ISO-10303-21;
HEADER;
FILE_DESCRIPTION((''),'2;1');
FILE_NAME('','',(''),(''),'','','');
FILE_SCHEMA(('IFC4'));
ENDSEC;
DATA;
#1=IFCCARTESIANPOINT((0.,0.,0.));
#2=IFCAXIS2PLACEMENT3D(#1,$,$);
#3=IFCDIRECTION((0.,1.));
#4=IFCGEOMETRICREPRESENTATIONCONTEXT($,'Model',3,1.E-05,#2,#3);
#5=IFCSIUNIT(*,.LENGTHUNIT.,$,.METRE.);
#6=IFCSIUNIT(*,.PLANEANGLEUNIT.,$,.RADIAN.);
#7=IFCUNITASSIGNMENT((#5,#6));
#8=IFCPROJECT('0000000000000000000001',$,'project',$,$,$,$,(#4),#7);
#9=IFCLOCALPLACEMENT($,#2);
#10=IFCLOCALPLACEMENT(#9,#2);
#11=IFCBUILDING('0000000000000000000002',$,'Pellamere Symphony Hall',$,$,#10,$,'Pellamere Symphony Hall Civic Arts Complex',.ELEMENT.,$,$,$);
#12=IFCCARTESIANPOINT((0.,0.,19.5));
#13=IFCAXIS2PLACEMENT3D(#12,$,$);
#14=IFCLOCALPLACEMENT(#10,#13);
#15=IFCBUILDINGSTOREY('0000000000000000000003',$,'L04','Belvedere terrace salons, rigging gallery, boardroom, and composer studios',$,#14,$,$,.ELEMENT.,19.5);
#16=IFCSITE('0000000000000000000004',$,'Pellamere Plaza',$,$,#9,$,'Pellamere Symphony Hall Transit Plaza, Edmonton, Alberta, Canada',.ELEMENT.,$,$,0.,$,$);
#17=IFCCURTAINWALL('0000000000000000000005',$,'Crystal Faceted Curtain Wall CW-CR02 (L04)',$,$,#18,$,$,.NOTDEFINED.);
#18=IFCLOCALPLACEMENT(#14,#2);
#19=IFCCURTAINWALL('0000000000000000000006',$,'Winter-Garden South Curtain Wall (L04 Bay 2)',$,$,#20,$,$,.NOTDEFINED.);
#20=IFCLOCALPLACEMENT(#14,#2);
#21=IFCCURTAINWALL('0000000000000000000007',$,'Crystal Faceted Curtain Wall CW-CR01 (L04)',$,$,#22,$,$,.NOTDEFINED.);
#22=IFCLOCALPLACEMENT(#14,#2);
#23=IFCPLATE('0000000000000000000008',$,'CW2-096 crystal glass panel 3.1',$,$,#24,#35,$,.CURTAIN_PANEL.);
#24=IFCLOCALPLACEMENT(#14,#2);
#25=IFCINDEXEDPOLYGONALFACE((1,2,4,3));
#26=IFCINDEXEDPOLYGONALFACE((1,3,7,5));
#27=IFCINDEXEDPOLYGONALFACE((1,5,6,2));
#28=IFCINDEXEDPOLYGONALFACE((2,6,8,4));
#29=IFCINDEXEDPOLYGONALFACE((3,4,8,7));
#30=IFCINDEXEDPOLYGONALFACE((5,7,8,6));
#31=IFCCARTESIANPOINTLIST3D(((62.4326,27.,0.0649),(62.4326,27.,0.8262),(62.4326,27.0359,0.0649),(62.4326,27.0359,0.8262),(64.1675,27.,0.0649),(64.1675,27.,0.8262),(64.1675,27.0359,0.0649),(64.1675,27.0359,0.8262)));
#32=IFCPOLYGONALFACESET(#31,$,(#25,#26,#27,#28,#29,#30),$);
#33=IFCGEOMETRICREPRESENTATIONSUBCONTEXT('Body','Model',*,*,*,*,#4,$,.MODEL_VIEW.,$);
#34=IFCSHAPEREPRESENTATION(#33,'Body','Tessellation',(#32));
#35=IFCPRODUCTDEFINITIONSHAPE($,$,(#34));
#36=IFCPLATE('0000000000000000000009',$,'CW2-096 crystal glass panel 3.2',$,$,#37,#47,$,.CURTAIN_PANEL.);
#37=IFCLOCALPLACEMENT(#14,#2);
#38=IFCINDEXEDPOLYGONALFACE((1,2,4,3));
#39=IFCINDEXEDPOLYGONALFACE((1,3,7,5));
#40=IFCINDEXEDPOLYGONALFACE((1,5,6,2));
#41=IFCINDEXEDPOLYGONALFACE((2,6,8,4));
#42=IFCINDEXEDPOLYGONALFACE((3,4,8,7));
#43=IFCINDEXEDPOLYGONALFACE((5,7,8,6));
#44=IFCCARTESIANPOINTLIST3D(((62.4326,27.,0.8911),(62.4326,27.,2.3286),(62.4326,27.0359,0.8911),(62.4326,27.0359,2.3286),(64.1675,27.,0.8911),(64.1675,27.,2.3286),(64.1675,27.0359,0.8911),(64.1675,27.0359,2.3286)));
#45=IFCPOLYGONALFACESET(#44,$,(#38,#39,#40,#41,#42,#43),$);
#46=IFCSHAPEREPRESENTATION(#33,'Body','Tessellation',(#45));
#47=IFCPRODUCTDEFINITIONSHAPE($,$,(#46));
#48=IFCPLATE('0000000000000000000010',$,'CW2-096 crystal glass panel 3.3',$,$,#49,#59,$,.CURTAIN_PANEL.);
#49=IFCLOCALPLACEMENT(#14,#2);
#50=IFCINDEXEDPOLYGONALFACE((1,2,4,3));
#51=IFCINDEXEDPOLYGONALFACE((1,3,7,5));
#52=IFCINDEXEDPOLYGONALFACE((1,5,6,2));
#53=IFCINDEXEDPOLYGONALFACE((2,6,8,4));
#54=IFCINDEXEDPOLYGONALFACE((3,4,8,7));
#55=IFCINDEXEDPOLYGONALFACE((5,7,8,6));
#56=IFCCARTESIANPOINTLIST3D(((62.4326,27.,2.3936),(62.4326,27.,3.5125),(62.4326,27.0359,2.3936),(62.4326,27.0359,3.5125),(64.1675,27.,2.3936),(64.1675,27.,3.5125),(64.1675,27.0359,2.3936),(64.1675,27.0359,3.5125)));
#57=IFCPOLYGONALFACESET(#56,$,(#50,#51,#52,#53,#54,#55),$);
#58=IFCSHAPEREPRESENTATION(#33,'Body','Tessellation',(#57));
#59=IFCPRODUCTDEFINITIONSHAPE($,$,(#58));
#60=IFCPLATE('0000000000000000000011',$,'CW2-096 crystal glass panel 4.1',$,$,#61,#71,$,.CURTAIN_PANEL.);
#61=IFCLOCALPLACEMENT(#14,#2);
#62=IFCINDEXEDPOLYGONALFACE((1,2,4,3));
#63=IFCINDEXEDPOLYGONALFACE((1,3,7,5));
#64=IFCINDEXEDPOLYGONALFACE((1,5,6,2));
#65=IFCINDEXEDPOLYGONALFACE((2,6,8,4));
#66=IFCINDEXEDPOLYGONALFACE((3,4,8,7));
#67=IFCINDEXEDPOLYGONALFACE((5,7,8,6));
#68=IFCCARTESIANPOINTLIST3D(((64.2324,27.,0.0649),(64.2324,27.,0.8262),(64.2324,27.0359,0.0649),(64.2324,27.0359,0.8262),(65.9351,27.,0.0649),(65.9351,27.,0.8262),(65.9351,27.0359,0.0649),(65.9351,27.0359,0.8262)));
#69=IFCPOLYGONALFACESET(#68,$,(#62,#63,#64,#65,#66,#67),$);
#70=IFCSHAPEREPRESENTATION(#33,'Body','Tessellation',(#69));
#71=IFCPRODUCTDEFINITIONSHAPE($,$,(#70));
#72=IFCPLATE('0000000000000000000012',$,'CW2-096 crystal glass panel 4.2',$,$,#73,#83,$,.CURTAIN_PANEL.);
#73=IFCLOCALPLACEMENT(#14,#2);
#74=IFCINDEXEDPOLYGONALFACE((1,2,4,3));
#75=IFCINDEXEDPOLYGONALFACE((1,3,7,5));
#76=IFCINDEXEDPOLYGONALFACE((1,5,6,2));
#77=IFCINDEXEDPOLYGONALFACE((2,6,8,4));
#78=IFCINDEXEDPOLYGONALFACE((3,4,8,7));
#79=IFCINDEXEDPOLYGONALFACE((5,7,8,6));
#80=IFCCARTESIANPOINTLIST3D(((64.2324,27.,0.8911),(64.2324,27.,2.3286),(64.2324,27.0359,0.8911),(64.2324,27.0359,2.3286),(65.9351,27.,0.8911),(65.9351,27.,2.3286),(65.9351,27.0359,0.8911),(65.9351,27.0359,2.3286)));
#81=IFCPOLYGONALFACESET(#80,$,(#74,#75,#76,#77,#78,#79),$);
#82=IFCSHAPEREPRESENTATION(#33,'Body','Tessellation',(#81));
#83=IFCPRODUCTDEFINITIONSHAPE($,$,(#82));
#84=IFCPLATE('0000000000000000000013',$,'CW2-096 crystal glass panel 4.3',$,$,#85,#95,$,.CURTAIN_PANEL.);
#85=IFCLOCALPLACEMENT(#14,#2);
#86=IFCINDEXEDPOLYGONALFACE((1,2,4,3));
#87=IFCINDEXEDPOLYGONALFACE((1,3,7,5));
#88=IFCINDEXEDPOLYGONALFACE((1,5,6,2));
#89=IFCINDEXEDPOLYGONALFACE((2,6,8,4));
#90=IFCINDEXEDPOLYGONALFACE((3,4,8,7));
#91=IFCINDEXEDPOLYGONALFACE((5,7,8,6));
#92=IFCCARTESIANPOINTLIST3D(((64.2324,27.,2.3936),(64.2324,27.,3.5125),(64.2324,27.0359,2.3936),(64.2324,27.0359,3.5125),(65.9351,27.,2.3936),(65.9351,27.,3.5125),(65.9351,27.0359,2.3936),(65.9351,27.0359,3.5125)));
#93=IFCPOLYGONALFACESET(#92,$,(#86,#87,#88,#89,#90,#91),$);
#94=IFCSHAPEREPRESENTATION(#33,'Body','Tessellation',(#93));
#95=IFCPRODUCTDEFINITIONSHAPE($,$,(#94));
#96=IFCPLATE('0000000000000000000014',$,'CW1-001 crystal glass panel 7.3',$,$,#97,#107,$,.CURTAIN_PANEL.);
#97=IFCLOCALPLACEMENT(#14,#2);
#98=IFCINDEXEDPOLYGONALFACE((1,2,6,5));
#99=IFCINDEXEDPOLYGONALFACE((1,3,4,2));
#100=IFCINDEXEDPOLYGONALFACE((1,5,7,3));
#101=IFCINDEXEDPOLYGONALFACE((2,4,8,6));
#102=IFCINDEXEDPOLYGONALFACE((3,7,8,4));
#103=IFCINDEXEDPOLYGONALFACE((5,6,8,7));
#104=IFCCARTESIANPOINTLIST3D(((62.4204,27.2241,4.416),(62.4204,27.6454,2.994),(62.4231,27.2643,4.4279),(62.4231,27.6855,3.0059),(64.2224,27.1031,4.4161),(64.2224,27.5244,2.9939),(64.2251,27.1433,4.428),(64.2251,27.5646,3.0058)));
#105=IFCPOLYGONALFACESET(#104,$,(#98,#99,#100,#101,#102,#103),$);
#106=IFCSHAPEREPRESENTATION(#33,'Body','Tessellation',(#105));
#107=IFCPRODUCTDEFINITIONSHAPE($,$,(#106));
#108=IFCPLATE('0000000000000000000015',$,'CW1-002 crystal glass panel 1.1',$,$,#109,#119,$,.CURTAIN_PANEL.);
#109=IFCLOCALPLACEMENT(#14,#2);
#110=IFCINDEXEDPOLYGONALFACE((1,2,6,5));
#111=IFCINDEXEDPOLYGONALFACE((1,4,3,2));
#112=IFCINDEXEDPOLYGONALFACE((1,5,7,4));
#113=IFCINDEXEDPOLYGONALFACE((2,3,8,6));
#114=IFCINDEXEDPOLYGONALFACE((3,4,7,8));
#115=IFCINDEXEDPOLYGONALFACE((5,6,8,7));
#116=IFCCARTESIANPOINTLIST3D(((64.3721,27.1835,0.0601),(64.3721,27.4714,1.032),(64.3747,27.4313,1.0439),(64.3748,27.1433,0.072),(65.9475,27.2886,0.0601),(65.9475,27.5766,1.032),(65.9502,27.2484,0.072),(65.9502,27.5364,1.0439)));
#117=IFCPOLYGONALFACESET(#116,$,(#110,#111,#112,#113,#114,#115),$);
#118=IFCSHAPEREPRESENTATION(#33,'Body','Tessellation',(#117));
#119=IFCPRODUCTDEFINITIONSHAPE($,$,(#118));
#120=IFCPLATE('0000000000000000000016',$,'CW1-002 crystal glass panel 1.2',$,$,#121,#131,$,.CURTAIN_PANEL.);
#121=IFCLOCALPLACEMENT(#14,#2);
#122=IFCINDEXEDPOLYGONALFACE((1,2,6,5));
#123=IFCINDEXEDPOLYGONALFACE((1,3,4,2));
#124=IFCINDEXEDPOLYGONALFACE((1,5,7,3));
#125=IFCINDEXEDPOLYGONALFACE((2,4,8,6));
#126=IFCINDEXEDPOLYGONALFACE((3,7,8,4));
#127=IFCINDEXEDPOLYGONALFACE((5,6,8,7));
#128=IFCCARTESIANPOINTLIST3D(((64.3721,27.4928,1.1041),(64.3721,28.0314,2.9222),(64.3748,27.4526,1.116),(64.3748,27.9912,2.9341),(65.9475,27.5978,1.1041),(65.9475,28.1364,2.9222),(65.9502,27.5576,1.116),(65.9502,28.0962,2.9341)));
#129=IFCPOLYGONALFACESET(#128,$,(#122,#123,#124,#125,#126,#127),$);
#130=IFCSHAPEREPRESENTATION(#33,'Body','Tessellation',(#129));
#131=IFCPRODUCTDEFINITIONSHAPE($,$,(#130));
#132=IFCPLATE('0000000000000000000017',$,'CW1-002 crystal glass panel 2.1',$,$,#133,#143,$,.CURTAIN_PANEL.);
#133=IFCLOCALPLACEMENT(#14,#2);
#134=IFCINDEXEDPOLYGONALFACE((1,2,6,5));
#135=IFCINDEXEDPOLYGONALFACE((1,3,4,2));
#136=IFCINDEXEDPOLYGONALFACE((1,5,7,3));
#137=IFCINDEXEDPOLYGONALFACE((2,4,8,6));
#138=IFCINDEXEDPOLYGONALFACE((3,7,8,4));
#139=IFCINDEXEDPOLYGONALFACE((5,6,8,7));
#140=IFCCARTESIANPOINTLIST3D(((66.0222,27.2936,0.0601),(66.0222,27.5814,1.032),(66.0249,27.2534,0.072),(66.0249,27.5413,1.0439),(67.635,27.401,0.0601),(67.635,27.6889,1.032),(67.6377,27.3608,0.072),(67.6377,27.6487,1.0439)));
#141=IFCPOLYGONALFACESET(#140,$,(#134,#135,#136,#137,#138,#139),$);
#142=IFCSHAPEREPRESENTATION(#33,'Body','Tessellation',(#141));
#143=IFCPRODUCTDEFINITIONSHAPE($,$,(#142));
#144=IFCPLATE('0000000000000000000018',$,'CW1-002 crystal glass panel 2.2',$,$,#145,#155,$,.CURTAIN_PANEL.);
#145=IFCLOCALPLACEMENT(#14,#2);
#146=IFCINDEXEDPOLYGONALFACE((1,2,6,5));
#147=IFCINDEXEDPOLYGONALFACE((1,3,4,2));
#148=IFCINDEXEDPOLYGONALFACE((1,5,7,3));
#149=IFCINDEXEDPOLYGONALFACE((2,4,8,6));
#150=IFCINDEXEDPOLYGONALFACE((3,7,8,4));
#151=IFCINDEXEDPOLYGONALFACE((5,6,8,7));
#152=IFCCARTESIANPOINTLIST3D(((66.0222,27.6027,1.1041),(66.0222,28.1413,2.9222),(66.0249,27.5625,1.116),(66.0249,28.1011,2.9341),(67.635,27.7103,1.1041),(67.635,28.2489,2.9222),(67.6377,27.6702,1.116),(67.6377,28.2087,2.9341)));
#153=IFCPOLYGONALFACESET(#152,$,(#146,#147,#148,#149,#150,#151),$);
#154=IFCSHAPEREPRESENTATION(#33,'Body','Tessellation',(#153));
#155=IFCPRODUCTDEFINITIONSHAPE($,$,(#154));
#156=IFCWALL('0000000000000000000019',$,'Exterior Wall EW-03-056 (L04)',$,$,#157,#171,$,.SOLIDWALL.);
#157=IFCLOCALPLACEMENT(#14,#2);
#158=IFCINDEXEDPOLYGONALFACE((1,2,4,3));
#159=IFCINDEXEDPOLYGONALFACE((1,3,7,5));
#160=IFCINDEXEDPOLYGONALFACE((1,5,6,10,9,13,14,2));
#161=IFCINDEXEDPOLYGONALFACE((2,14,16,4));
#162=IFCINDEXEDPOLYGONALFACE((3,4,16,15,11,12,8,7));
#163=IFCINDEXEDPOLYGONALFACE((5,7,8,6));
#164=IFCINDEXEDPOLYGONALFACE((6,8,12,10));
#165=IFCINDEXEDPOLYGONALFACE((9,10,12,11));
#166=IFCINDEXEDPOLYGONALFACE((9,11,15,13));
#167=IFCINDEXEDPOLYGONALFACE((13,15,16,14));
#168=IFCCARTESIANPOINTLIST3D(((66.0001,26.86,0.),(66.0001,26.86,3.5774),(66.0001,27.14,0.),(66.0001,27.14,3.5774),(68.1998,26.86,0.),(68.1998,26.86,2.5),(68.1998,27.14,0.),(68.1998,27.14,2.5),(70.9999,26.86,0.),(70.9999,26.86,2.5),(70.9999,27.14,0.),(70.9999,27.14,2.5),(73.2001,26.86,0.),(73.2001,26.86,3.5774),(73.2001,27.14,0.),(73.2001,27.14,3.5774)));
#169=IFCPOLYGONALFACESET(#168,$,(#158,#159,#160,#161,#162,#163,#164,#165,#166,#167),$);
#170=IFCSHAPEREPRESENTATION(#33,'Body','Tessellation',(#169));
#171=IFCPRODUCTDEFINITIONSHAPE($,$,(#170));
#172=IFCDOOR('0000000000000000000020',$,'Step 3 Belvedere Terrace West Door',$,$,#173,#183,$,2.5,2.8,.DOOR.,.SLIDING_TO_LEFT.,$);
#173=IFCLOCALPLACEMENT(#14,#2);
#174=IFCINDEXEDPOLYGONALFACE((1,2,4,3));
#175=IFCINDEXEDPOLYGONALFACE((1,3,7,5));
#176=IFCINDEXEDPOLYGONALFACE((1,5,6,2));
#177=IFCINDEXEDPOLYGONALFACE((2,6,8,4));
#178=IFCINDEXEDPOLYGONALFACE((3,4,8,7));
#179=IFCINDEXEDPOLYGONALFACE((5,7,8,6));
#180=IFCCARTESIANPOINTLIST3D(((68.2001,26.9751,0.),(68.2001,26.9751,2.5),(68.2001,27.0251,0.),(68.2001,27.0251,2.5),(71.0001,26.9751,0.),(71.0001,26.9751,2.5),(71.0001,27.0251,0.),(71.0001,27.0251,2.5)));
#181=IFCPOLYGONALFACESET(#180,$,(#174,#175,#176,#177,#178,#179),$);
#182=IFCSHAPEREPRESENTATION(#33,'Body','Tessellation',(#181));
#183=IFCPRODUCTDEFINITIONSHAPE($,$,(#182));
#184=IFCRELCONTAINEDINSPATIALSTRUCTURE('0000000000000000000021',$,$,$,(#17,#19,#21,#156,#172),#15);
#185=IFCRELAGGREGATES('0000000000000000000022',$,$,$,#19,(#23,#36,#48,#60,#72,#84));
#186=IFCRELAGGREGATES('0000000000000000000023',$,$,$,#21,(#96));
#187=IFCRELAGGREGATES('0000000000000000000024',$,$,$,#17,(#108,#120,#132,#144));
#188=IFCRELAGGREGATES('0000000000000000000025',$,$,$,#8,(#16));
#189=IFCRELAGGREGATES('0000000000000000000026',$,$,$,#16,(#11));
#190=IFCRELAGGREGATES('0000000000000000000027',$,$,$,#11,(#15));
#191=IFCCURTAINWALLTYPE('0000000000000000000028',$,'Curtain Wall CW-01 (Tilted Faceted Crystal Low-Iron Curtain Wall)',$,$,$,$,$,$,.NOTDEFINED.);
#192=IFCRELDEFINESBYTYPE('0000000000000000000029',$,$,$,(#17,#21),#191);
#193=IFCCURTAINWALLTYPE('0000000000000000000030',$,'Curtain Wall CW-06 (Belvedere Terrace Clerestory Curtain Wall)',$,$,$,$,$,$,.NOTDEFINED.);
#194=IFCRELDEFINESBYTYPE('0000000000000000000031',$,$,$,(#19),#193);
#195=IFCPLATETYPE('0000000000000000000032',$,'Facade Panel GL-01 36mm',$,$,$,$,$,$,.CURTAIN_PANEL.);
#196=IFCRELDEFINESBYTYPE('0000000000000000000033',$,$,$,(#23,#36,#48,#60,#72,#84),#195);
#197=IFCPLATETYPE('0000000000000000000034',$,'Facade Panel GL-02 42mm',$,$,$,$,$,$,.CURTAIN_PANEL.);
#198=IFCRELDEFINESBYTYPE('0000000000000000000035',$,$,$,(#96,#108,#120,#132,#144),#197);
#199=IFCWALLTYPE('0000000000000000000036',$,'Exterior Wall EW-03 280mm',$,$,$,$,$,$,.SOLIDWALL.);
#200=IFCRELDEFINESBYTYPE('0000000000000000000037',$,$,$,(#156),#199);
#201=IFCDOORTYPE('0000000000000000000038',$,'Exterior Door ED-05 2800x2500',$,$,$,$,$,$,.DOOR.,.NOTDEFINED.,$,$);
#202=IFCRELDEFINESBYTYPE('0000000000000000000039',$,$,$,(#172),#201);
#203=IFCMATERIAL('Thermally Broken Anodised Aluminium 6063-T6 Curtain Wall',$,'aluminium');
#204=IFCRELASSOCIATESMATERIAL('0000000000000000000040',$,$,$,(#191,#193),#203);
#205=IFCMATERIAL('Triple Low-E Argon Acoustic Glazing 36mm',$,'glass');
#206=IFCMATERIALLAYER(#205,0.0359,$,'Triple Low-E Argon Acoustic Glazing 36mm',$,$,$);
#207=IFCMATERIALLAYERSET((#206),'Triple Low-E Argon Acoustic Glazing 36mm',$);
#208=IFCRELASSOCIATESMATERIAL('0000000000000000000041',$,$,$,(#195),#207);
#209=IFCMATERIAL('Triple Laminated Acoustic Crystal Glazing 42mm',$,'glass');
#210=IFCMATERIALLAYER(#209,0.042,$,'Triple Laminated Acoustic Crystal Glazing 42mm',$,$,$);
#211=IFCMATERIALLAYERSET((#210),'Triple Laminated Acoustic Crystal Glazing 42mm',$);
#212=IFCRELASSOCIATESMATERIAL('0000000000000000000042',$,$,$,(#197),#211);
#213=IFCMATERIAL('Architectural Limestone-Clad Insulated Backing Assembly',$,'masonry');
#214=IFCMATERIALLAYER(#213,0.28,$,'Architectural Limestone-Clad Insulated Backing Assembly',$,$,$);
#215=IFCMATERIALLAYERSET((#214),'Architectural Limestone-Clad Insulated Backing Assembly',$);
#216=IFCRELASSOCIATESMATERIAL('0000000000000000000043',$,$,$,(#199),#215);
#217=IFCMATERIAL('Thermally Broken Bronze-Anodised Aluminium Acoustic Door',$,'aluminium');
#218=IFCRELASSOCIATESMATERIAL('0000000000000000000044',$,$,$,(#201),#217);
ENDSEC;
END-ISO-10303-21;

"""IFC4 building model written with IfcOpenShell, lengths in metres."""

from ifc_helpers import new_model, si_unit, direction, frame, frame_2d, origin, place, context, subcontext, project, spatial, polyline, rectangle, outline, extrude, material, layer, layer_set, type_object, element, fill, aggregate, save


model = new_model("IFC4")

# Units and contexts
model_context = context("Model", 3, precision=1e-05, world=origin(), true_north=direction((0.0, 1.0)))
body_context = subcontext(model_context, "Body", "Model", "MODEL_VIEW")
ifc_project = project(units=[si_unit("LENGTHUNIT", "METRE"), si_unit("PLANEANGLEUNIT", "RADIAN")], contexts=[model_context])

# Site, building, storey
site_placement = place(None, origin())
site = spatial("IfcSite", under=ifc_project, at=site_placement, Name="Pellamere Plaza", LongName="Pellamere Symphony Hall Transit Plaza, Edmonton, Alberta, Canada", CompositionType="ELEMENT", RefElevation=0.0)
building_placement = place(site_placement, origin())
building = spatial("IfcBuilding", under=site, at=building_placement, Name="Pellamere Symphony Hall", LongName="Pellamere Symphony Hall Civic Arts Complex", CompositionType="ELEMENT")
storey_placement = place(building_placement, frame((0.0, 0.0, 19.5)))
storey = spatial("IfcBuildingStorey", under=building, at=storey_placement, Name="L04", Description="Belvedere terrace salons, rigging gallery, boardroom, and composer studios", CompositionType="ELEMENT", Elevation=19.5)

# Curtain walls
ifc_material_1 = material(Name="Thermally Broken Anodised Aluminium 6063-T6 Curtain Wall", Category="aluminium")
curtain_wall_type_1 = type_object("IfcCurtainWallType", Name="Curtain Wall CW-01 (Tilted Faceted Crystal Low-Iron Curtain Wall)", PredefinedType="NOTDEFINED", material=ifc_material_1)
curtain_wall_1_placement = place(storey_placement, origin())
curtain_wall_1 = element("IfcCurtainWall", 1, at=curtain_wall_1_placement, inside=storey, type_object=curtain_wall_type_1, Name="Crystal Faceted Curtain Wall CW-CR02 (L04)", PredefinedType="NOTDEFINED")
curtain_wall_type_2 = type_object("IfcCurtainWallType", Name="Curtain Wall CW-06 (Belvedere Terrace Clerestory Curtain Wall)", PredefinedType="NOTDEFINED", material=ifc_material_1)
curtain_wall_2_placement = place(storey_placement, origin())
curtain_wall_2 = element("IfcCurtainWall", 2, at=curtain_wall_2_placement, inside=storey, type_object=curtain_wall_type_2, Name="Winter-Garden South Curtain Wall (L04 Bay 2)", PredefinedType="NOTDEFINED")
curtain_wall_3_placement = place(storey_placement, origin())
curtain_wall_3 = element("IfcCurtainWall", 3, at=curtain_wall_3_placement, inside=storey, type_object=curtain_wall_type_1, Name="Crystal Faceted Curtain Wall CW-CR01 (L04)", PredefinedType="NOTDEFINED")

# Plates
ifc_material_2 = material(Name="Triple Low-E Argon Acoustic Glazing 36mm", Category="glass")
ifc_layer_1 = layer(ifc_material_2, 0.0359, Name="Triple Low-E Argon Acoustic Glazing 36mm")
ifc_layer_set_1 = layer_set([ifc_layer_1], Name="Triple Low-E Argon Acoustic Glazing 36mm")
plate_type_1 = type_object("IfcPlateType", Name="Facade Panel GL-01 36mm", PredefinedType="CURTAIN_PANEL", material=ifc_layer_set_1)
plate_1_placement = place(storey_placement, frame((62.4326, 27.0, 0.0649), z_axis=(0.0, -1.0, 0.0), x_axis=(1.0, 0.0, 0.0)))
plate_1 = element("IfcPlate", 4, at=plate_1_placement, type_object=plate_type_1, Name="CW2-096 crystal glass panel 3.1", PredefinedType="CURTAIN_PANEL", context=body_context, shape_type="SweptSolid", body=[
    extrude(outline(polyline([(0.0, 0.0), (1.7349, 0.0), (1.7349, 0.7612), (0.0, 0.7612), (0.0, 0.0)])), origin(), (0.0, 0.0, -1.0), 0.0359),
])
plate_2_placement = place(storey_placement, frame((62.4326, 27.0, 0.8911), z_axis=(0.0, -1.0, 0.0), x_axis=(1.0, 0.0, 0.0)))
plate_2 = element("IfcPlate", 5, at=plate_2_placement, type_object=plate_type_1, Name="CW2-096 crystal glass panel 3.2", PredefinedType="CURTAIN_PANEL", context=body_context, shape_type="SweptSolid", body=[
    extrude(outline(polyline([(0.0, 0.0), (1.7349, 0.0), (1.7349, 1.4375), (0.0, 1.4375), (0.0, 0.0)])), origin(), (0.0, 0.0, -1.0), 0.0359),
])
plate_3_placement = place(storey_placement, frame((62.4326, 27.0, 2.3936), z_axis=(0.0, -1.0, 0.0), x_axis=(1.0, 0.0, 0.0)))
plate_3 = element("IfcPlate", 6, at=plate_3_placement, type_object=plate_type_1, Name="CW2-096 crystal glass panel 3.3", PredefinedType="CURTAIN_PANEL", context=body_context, shape_type="SweptSolid", body=[
    extrude(outline(polyline([(0.0, 0.0), (1.7349, 0.0), (1.7349, 1.1189), (0.0, 1.1189), (0.0, 0.0)])), origin(), (0.0, 0.0, -1.0), 0.0359),
])
plate_4_placement = place(storey_placement, frame((64.2324, 27.0, 0.0649), z_axis=(0.0, -1.0, 0.0), x_axis=(1.0, 0.0, 0.0)))
plate_4 = element("IfcPlate", 7, at=plate_4_placement, type_object=plate_type_1, Name="CW2-096 crystal glass panel 4.1", PredefinedType="CURTAIN_PANEL", context=body_context, shape_type="SweptSolid", body=[
    extrude(outline(polyline([(0.0, 0.0), (1.7026, 0.0), (1.7026, 0.7612), (0.0, 0.7612), (0.0, 0.0)])), origin(), (0.0, 0.0, -1.0), 0.0359),
])
plate_5_placement = place(storey_placement, frame((64.2324, 27.0, 0.8911), z_axis=(0.0, -1.0, 0.0), x_axis=(1.0, 0.0, 0.0)))
plate_5 = element("IfcPlate", 8, at=plate_5_placement, type_object=plate_type_1, Name="CW2-096 crystal glass panel 4.2", PredefinedType="CURTAIN_PANEL", context=body_context, shape_type="SweptSolid", body=[
    extrude(outline(polyline([(0.0, 0.0), (1.7026, 0.0), (1.7026, 1.4375), (0.0, 1.4375), (0.0, 0.0)])), origin(), (0.0, 0.0, -1.0), 0.0359),
])
plate_6_placement = place(storey_placement, frame((64.2324, 27.0, 2.3936), z_axis=(0.0, -1.0, 0.0), x_axis=(1.0, 0.0, 0.0)))
plate_6 = element("IfcPlate", 9, at=plate_6_placement, type_object=plate_type_1, Name="CW2-096 crystal glass panel 4.3", PredefinedType="CURTAIN_PANEL", context=body_context, shape_type="SweptSolid", body=[
    extrude(outline(polyline([(0.0, 0.0), (1.7026, 0.0), (1.7026, 1.1189), (0.0, 1.1189), (0.0, 0.0)])), origin(), (0.0, 0.0, -1.0), 0.0359),
])
aggregate(curtain_wall_2, [plate_1, plate_2, plate_3, plate_4, plate_5, plate_6])
ifc_material_3 = material(Name="Triple Laminated Acoustic Crystal Glazing 42mm", Category="glass")
ifc_layer_2 = layer(ifc_material_3, 0.042, Name="Triple Laminated Acoustic Crystal Glazing 42mm")
ifc_layer_set_2 = layer_set([ifc_layer_2], Name="Triple Laminated Acoustic Crystal Glazing 42mm")
plate_type_2 = type_object("IfcPlateType", Name="Facade Panel GL-02 42mm", PredefinedType="CURTAIN_PANEL", material=ifc_layer_set_2)
plate_7_placement = place(storey_placement, frame((62.4231, 27.6855, 3.0059), z_axis=(0.064234, 0.956837, 0.283437), x_axis=(0.997755, -0.066976, -0.000018)))
plate_7 = element("IfcPlate", 10, at=plate_7_placement, type_object=plate_type_2, Name="CW1-001 crystal glass panel 7.3", PredefinedType="CURTAIN_PANEL", context=body_context, shape_type="SweptSolid", body=[
    extrude(outline(polyline([(0.0, 0.0), (1.806, 0.0), (1.8342, -1.483), (0.0282, -1.4829), (0.0, 0.0)])), origin(), (0.0, 0.0, -1.0), 0.042),
])
aggregate(curtain_wall_3, [plate_7])
plate_8_placement = place(storey_placement, frame((64.3748, 27.1433, 0.072), z_axis=(0.063834, -0.956846, 0.283497), x_axis=(0.997782, 0.066559, -0.000021)))
plate_8 = element("IfcPlate", 11, at=plate_8_placement, type_object=plate_type_2, Name="CW1-002 crystal glass panel 1.1", PredefinedType="CURTAIN_PANEL", context=body_context, shape_type="SweptSolid", body=[
    extrude(outline(polyline([(0.0, 0.0), (1.5789, 0.0), (1.5981, 1.0135), (0.0191, 1.0135), (0.0, 0.0)])), origin(), (0.0, 0.0, -1.0), 0.042),
])
plate_9_placement = place(storey_placement, frame((64.3748, 27.4526, 1.116), z_axis=(0.063761, -0.956865, 0.283449), x_axis=(0.997787, 0.066488, 0.0)))
plate_9 = element("IfcPlate", 12, at=plate_9_placement, type_object=plate_type_2, Name="CW1-002 crystal glass panel 1.2", PredefinedType="CURTAIN_PANEL", context=body_context, shape_type="SweptSolid", body=[
    extrude(outline(polyline([(0.0, 0.0), (1.5789, 0.0), (1.6147, 1.8959), (0.0358, 1.8959), (0.0, 0.0)])), origin(), (0.0, 0.0, -1.0), 0.042),
])
plate_10_placement = place(storey_placement, frame((66.0249, 27.2534, 0.072), z_axis=(0.063734, -0.956885, 0.283388), x_axis=(0.997789, 0.066459, 0.0)))
plate_10 = element("IfcPlate", 13, at=plate_10_placement, type_object=plate_type_2, Name="CW1-002 crystal glass panel 2.1", PredefinedType="CURTAIN_PANEL", context=body_context, shape_type="SweptSolid", body=[
    extrude(outline(polyline([(0.0, 0.0), (1.6164, 0.0), (1.6355, 1.0135), (0.0191, 1.0135), (0.0, 0.0)])), origin(), (0.0, 0.0, -1.0), 0.042),
])
plate_11_placement = place(storey_placement, frame((66.0249, 27.5625, 1.116), z_axis=(0.063877, -0.956858, 0.283447), x_axis=(0.997779, 0.066609, 0.0)))
plate_11 = element("IfcPlate", 14, at=plate_11_placement, type_object=plate_type_2, Name="CW1-002 crystal glass panel 2.2", PredefinedType="CURTAIN_PANEL", context=body_context, shape_type="SweptSolid", body=[
    extrude(outline(polyline([(0.0, 0.0), (1.6164, 0.0), (1.6523, 1.8959), (0.0359, 1.8959), (0.0, 0.0)])), origin(), (0.0, 0.0, -1.0), 0.042),
])
aggregate(curtain_wall_1, [plate_8, plate_9, plate_10, plate_11])

# Wall, opening, door
ifc_material_4 = material(Name="Architectural Limestone-Clad Insulated Backing Assembly", Category="masonry")
ifc_layer_3 = layer(ifc_material_4, 0.28, Name="Architectural Limestone-Clad Insulated Backing Assembly")
ifc_layer_set_3 = layer_set([ifc_layer_3], Name="Architectural Limestone-Clad Insulated Backing Assembly")
wall_type = type_object("IfcWallType", Name="Exterior Wall EW-03 280mm", PredefinedType="SOLIDWALL", material=ifc_layer_set_3)
wall_placement = place(storey_placement, frame((66.0, 27.0, 0.0), z_axis=(0.0, 0.0, 1.0), x_axis=(1.0, 0.0, 0.0)))
wall = element("IfcWall", 15, at=wall_placement, inside=storey, type_object=wall_type, Name="Exterior Wall EW-03-056 (L04)", PredefinedType="SOLIDWALL", context=body_context, shape_type="SweptSolid", body=[
    extrude(rectangle(XDim=7.2, YDim=0.28, at=frame_2d((3.6001, 0.0))), origin(), (0.0, 0.0, 1.0), 3.5774),
])
opening_placement = place(wall_placement, frame((2.2, 0.0, 0.0)))
opening = element("IfcOpeningElement", 16, at=opening_placement, cuts=wall, PredefinedType="OPENING", context=body_context, shape_type="SweptSolid", body=[
    extrude(rectangle(XDim=2.8, YDim=2.5, at=frame_2d((1.3999, 1.25))), frame((0.0, 0.1499, 0.0), z_axis=(0.0, -1.0, 0.0), x_axis=(1.0, 0.0, 0.0)), (0.0, 0.0, 1.0), 0.3),
])
ifc_material_5 = material(Name="Thermally Broken Bronze-Anodised Aluminium Acoustic Door", Category="aluminium")
door_type = type_object("IfcDoorType", Name="Exterior Door ED-05 2800x2500", OperationType="NOTDEFINED", PredefinedType="DOOR", material=ifc_material_5)
door_placement = place(opening_placement, frame((2.8, 0.0, 0.0), z_axis=(0.0, 0.0, 1.0), x_axis=(-1.0, 0.0, 0.0)))
door = element("IfcDoor", 17, at=door_placement, inside=storey, type_object=door_type, Name="Step 3 Belvedere Terrace West Door", OperationType="SLIDING_TO_LEFT", OverallHeight=2.5, OverallWidth=2.8, PredefinedType="DOOR", context=body_context, shape_type="SweptSolid", body=[
    extrude(rectangle(XDim=2.8, YDim=2.5, at=frame_2d((1.3999, 1.25))), frame((0.0, 0.0249, 0.0), z_axis=(0.0, -1.0, 0.0), x_axis=(1.0, 0.0, 0.0)), (0.0, 0.0, 1.0), 0.05),
])
fill(opening, door)

save(model, "model.ifc")
